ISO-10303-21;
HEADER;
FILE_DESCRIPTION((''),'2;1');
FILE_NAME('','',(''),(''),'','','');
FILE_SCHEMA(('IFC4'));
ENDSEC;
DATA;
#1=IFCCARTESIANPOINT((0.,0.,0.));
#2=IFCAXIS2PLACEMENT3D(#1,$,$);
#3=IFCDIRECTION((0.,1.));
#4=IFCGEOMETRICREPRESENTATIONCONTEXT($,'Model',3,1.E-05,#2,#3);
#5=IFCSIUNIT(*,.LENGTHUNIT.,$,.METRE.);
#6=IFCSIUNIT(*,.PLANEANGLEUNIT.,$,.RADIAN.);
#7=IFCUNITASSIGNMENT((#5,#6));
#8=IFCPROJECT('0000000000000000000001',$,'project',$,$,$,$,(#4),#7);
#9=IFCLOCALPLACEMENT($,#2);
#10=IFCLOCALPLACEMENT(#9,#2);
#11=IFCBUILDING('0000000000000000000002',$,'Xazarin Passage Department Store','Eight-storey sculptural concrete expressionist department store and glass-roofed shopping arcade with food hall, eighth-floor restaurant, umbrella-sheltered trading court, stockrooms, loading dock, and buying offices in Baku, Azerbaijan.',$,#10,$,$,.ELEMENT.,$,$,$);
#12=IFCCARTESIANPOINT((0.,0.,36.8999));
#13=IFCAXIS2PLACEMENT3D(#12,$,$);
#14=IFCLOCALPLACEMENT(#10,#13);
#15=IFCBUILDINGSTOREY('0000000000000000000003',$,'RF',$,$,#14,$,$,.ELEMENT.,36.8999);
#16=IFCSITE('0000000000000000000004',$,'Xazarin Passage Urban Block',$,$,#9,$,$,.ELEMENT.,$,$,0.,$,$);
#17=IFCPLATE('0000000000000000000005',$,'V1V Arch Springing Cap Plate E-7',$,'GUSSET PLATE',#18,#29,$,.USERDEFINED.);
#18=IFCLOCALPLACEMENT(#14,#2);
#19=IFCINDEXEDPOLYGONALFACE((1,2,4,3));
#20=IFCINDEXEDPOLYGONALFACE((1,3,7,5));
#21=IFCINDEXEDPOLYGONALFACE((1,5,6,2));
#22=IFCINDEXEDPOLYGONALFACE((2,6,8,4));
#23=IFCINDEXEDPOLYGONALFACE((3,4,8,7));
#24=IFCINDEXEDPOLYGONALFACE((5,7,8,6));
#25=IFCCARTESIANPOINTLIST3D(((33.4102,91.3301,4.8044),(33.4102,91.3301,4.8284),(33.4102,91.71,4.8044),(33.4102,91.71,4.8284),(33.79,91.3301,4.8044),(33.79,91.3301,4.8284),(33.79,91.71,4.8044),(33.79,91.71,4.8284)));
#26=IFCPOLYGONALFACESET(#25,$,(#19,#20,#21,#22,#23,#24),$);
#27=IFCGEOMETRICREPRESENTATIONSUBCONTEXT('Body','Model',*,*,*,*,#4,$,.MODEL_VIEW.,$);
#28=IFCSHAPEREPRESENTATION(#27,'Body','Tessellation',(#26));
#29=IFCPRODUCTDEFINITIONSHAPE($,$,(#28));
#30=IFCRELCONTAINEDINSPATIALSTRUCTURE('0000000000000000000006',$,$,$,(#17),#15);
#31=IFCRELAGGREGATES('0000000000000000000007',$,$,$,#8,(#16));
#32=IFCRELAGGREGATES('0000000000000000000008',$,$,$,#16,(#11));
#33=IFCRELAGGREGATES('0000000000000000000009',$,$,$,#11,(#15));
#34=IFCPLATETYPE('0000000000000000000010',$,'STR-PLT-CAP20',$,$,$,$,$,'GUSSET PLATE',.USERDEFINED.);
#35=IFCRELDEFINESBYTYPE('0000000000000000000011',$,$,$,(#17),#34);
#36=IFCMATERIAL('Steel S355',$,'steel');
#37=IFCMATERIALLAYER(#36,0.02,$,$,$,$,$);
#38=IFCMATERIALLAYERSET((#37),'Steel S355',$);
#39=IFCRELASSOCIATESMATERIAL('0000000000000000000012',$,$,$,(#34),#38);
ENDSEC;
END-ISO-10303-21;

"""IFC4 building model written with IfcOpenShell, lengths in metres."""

from ifc_helpers import new_model, si_unit, direction, frame, origin, origin_2d, place, context, subcontext, project, spatial, rectangle, extrude, material, layer, layer_set, type_object, element, save


model = new_model("IFC4")

# Units and contexts
model_context = context("Model", 3, precision=1e-05, world=origin(), true_north=direction((0.0, 1.0)))
body_context = subcontext(model_context, "Body", "Model", "MODEL_VIEW")
ifc_project = project(units=[si_unit("LENGTHUNIT", "METRE"), si_unit("PLANEANGLEUNIT", "RADIAN")], contexts=[model_context])

# Site, building, storey
site_placement = place(None, origin())
site = spatial("IfcSite", under=ifc_project, at=site_placement, Name="Xazarin Passage Urban Block", CompositionType="ELEMENT", RefElevation=0.0)
building_placement = place(site_placement, origin())
building = spatial("IfcBuilding", under=site, at=building_placement, Name="Xazarin Passage Department Store", Description="Eight-storey sculptural concrete expressionist department store and glass-roofed shopping arcade with food hall, eighth-floor restaurant, umbrella-sheltered trading court, stockrooms, loading dock, and buying offices in Baku, Azerbaijan.", CompositionType="ELEMENT")
storey_placement = place(building_placement, frame((0.0, 0.0, 36.8999)))
storey = spatial("IfcBuildingStorey", under=building, at=storey_placement, Name="RF", CompositionType="ELEMENT", Elevation=36.8999)

# Shared definitions
ifc_material_1 = material(Name="Steel S355", Category="steel")

# Plate
ifc_layer_1 = layer(ifc_material_1, 0.02)
ifc_layer_set_1 = layer_set([ifc_layer_1], Name="Steel S355")
plate_type_1 = type_object("IfcPlateType", Name="STR-PLT-CAP20", ElementType="GUSSET PLATE", PredefinedType="USERDEFINED", material=ifc_layer_set_1)
plate_1_placement = place(storey_placement, frame((33.6001, 91.52, 4.8044), z_axis=(0.0, 0.0, 1.0), x_axis=(1.0, 0.0, 0.0)))
element("IfcPlate", 1, at=plate_1_placement, inside=storey, type_object=plate_type_1, Name="V1V Arch Springing Cap Plate E-7", ObjectType="GUSSET PLATE", PredefinedType="USERDEFINED", context=body_context, shape_type="SweptSolid", body=[
    extrude(rectangle(XDim=0.3799, YDim=0.3799, at=origin_2d()), origin(), (0.0, 0.0, 1.0), 0.0239),
])

save(model, "model.ifc")
